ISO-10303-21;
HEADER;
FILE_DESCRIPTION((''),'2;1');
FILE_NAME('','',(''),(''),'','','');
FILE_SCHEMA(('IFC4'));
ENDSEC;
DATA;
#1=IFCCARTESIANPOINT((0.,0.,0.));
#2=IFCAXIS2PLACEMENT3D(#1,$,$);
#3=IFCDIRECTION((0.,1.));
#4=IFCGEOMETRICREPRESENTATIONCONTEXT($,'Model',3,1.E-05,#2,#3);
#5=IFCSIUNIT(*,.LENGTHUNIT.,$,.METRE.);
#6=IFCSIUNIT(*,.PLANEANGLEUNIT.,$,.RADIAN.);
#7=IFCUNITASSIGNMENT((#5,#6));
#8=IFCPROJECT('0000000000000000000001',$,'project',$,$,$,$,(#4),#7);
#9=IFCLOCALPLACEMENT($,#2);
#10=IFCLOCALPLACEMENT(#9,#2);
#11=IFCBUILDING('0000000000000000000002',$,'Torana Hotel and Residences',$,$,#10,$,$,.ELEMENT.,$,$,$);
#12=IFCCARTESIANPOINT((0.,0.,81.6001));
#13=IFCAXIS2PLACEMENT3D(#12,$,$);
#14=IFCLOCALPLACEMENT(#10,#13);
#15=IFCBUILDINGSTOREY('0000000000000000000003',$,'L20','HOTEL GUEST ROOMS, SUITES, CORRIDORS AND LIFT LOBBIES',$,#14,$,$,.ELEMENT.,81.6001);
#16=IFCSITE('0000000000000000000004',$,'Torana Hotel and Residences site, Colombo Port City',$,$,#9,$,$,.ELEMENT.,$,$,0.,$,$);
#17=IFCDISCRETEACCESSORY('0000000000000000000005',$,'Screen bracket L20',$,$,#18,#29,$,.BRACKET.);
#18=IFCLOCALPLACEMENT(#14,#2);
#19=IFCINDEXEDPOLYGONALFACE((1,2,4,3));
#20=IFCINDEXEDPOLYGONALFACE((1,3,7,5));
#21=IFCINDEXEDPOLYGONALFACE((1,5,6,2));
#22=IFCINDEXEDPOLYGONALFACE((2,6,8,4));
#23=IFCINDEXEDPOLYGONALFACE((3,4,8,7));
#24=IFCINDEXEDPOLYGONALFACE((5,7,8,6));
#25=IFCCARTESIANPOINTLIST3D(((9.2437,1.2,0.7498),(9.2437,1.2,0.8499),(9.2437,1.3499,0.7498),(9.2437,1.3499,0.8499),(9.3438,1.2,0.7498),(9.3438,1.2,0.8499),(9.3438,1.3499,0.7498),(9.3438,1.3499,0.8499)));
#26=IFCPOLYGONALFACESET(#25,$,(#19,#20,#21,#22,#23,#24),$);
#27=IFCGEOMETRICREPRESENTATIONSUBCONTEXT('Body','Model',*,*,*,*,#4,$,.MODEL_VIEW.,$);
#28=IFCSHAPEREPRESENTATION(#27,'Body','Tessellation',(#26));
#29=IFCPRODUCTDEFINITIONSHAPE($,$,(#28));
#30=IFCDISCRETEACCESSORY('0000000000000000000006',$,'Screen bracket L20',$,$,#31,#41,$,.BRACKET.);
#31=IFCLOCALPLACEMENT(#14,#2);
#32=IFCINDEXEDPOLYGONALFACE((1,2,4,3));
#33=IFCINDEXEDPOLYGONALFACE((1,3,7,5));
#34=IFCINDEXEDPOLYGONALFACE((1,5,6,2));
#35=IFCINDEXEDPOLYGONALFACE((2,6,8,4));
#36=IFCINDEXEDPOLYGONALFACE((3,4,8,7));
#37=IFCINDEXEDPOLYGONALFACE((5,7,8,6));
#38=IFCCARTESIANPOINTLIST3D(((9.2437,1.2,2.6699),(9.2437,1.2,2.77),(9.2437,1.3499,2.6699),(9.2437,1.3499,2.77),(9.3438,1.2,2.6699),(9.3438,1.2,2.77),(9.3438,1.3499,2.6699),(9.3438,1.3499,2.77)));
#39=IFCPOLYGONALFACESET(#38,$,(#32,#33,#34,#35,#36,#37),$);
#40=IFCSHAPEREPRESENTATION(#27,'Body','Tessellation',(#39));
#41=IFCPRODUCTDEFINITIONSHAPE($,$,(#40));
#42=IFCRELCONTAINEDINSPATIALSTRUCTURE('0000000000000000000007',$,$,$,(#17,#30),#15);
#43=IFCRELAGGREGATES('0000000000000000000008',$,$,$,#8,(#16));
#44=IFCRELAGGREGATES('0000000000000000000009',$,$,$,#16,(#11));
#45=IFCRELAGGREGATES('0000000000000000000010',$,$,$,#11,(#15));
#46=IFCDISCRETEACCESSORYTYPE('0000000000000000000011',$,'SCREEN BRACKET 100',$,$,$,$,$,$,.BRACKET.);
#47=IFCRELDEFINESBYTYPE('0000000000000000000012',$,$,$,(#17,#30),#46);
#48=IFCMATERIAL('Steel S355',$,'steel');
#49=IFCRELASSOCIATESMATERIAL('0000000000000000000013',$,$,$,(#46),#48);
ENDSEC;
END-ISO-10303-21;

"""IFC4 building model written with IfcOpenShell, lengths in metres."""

from ifc_helpers import new_model, si_unit, direction, frame, origin, origin_2d, place, context, subcontext, project, spatial, rectangle, extrude, material, type_object, element, save


model = new_model("IFC4")

# Units and contexts
model_context = context("Model", 3, precision=1e-05, world=origin(), true_north=direction((0.0, 1.0)))
body_context = subcontext(model_context, "Body", "Model", "MODEL_VIEW")
ifc_project = project(units=[si_unit("LENGTHUNIT", "METRE"), si_unit("PLANEANGLEUNIT", "RADIAN")], contexts=[model_context])

# Site, building, storey
site_placement = place(None, origin())
site = spatial("IfcSite", under=ifc_project, at=site_placement, Name="Torana Hotel and Residences site, Colombo Port City", CompositionType="ELEMENT", RefElevation=0.0)
building_placement = place(site_placement, origin())
building = spatial("IfcBuilding", under=site, at=building_placement, Name="Torana Hotel and Residences", CompositionType="ELEMENT")
storey_placement = place(building_placement, frame((0.0, 0.0, 81.6001)))
storey = spatial("IfcBuildingStorey", under=building, at=storey_placement, Name="L20", Description="HOTEL GUEST ROOMS, SUITES, CORRIDORS AND LIFT LOBBIES", CompositionType="ELEMENT", Elevation=81.6001)

# Discrete accessories
ifc_material_1 = material(Name="Steel S355", Category="steel")
discrete_accessory_type = type_object("IfcDiscreteAccessoryType", Name="SCREEN BRACKET 100", PredefinedType="BRACKET", material=ifc_material_1)
for number, where, z_axis, x_axis, name in (
    (1, (9.2937, 1.2749, 0.7498), (0.0, 0.0, 1.0), (-1.0, 0.0, 0.0), "Screen bracket L20"),
    (2, (9.2937, 1.2749, 2.6699), (0.0, 0.0, 1.0), (-1.0, 0.0, 0.0), "Screen bracket L20"),
):
    element("IfcDiscreteAccessory", number, at=place(storey_placement, frame(where, z_axis=z_axis, x_axis=x_axis)), inside=storey, type_object=discrete_accessory_type, Name=name, PredefinedType="BRACKET", context=body_context, shape_type="SweptSolid", body=[
        extrude(rectangle(XDim=0.1001, YDim=0.1499, at=origin_2d()), origin(), (0.0, 0.0, 1.0), 0.1001),
    ])

save(model, "model.ifc")
